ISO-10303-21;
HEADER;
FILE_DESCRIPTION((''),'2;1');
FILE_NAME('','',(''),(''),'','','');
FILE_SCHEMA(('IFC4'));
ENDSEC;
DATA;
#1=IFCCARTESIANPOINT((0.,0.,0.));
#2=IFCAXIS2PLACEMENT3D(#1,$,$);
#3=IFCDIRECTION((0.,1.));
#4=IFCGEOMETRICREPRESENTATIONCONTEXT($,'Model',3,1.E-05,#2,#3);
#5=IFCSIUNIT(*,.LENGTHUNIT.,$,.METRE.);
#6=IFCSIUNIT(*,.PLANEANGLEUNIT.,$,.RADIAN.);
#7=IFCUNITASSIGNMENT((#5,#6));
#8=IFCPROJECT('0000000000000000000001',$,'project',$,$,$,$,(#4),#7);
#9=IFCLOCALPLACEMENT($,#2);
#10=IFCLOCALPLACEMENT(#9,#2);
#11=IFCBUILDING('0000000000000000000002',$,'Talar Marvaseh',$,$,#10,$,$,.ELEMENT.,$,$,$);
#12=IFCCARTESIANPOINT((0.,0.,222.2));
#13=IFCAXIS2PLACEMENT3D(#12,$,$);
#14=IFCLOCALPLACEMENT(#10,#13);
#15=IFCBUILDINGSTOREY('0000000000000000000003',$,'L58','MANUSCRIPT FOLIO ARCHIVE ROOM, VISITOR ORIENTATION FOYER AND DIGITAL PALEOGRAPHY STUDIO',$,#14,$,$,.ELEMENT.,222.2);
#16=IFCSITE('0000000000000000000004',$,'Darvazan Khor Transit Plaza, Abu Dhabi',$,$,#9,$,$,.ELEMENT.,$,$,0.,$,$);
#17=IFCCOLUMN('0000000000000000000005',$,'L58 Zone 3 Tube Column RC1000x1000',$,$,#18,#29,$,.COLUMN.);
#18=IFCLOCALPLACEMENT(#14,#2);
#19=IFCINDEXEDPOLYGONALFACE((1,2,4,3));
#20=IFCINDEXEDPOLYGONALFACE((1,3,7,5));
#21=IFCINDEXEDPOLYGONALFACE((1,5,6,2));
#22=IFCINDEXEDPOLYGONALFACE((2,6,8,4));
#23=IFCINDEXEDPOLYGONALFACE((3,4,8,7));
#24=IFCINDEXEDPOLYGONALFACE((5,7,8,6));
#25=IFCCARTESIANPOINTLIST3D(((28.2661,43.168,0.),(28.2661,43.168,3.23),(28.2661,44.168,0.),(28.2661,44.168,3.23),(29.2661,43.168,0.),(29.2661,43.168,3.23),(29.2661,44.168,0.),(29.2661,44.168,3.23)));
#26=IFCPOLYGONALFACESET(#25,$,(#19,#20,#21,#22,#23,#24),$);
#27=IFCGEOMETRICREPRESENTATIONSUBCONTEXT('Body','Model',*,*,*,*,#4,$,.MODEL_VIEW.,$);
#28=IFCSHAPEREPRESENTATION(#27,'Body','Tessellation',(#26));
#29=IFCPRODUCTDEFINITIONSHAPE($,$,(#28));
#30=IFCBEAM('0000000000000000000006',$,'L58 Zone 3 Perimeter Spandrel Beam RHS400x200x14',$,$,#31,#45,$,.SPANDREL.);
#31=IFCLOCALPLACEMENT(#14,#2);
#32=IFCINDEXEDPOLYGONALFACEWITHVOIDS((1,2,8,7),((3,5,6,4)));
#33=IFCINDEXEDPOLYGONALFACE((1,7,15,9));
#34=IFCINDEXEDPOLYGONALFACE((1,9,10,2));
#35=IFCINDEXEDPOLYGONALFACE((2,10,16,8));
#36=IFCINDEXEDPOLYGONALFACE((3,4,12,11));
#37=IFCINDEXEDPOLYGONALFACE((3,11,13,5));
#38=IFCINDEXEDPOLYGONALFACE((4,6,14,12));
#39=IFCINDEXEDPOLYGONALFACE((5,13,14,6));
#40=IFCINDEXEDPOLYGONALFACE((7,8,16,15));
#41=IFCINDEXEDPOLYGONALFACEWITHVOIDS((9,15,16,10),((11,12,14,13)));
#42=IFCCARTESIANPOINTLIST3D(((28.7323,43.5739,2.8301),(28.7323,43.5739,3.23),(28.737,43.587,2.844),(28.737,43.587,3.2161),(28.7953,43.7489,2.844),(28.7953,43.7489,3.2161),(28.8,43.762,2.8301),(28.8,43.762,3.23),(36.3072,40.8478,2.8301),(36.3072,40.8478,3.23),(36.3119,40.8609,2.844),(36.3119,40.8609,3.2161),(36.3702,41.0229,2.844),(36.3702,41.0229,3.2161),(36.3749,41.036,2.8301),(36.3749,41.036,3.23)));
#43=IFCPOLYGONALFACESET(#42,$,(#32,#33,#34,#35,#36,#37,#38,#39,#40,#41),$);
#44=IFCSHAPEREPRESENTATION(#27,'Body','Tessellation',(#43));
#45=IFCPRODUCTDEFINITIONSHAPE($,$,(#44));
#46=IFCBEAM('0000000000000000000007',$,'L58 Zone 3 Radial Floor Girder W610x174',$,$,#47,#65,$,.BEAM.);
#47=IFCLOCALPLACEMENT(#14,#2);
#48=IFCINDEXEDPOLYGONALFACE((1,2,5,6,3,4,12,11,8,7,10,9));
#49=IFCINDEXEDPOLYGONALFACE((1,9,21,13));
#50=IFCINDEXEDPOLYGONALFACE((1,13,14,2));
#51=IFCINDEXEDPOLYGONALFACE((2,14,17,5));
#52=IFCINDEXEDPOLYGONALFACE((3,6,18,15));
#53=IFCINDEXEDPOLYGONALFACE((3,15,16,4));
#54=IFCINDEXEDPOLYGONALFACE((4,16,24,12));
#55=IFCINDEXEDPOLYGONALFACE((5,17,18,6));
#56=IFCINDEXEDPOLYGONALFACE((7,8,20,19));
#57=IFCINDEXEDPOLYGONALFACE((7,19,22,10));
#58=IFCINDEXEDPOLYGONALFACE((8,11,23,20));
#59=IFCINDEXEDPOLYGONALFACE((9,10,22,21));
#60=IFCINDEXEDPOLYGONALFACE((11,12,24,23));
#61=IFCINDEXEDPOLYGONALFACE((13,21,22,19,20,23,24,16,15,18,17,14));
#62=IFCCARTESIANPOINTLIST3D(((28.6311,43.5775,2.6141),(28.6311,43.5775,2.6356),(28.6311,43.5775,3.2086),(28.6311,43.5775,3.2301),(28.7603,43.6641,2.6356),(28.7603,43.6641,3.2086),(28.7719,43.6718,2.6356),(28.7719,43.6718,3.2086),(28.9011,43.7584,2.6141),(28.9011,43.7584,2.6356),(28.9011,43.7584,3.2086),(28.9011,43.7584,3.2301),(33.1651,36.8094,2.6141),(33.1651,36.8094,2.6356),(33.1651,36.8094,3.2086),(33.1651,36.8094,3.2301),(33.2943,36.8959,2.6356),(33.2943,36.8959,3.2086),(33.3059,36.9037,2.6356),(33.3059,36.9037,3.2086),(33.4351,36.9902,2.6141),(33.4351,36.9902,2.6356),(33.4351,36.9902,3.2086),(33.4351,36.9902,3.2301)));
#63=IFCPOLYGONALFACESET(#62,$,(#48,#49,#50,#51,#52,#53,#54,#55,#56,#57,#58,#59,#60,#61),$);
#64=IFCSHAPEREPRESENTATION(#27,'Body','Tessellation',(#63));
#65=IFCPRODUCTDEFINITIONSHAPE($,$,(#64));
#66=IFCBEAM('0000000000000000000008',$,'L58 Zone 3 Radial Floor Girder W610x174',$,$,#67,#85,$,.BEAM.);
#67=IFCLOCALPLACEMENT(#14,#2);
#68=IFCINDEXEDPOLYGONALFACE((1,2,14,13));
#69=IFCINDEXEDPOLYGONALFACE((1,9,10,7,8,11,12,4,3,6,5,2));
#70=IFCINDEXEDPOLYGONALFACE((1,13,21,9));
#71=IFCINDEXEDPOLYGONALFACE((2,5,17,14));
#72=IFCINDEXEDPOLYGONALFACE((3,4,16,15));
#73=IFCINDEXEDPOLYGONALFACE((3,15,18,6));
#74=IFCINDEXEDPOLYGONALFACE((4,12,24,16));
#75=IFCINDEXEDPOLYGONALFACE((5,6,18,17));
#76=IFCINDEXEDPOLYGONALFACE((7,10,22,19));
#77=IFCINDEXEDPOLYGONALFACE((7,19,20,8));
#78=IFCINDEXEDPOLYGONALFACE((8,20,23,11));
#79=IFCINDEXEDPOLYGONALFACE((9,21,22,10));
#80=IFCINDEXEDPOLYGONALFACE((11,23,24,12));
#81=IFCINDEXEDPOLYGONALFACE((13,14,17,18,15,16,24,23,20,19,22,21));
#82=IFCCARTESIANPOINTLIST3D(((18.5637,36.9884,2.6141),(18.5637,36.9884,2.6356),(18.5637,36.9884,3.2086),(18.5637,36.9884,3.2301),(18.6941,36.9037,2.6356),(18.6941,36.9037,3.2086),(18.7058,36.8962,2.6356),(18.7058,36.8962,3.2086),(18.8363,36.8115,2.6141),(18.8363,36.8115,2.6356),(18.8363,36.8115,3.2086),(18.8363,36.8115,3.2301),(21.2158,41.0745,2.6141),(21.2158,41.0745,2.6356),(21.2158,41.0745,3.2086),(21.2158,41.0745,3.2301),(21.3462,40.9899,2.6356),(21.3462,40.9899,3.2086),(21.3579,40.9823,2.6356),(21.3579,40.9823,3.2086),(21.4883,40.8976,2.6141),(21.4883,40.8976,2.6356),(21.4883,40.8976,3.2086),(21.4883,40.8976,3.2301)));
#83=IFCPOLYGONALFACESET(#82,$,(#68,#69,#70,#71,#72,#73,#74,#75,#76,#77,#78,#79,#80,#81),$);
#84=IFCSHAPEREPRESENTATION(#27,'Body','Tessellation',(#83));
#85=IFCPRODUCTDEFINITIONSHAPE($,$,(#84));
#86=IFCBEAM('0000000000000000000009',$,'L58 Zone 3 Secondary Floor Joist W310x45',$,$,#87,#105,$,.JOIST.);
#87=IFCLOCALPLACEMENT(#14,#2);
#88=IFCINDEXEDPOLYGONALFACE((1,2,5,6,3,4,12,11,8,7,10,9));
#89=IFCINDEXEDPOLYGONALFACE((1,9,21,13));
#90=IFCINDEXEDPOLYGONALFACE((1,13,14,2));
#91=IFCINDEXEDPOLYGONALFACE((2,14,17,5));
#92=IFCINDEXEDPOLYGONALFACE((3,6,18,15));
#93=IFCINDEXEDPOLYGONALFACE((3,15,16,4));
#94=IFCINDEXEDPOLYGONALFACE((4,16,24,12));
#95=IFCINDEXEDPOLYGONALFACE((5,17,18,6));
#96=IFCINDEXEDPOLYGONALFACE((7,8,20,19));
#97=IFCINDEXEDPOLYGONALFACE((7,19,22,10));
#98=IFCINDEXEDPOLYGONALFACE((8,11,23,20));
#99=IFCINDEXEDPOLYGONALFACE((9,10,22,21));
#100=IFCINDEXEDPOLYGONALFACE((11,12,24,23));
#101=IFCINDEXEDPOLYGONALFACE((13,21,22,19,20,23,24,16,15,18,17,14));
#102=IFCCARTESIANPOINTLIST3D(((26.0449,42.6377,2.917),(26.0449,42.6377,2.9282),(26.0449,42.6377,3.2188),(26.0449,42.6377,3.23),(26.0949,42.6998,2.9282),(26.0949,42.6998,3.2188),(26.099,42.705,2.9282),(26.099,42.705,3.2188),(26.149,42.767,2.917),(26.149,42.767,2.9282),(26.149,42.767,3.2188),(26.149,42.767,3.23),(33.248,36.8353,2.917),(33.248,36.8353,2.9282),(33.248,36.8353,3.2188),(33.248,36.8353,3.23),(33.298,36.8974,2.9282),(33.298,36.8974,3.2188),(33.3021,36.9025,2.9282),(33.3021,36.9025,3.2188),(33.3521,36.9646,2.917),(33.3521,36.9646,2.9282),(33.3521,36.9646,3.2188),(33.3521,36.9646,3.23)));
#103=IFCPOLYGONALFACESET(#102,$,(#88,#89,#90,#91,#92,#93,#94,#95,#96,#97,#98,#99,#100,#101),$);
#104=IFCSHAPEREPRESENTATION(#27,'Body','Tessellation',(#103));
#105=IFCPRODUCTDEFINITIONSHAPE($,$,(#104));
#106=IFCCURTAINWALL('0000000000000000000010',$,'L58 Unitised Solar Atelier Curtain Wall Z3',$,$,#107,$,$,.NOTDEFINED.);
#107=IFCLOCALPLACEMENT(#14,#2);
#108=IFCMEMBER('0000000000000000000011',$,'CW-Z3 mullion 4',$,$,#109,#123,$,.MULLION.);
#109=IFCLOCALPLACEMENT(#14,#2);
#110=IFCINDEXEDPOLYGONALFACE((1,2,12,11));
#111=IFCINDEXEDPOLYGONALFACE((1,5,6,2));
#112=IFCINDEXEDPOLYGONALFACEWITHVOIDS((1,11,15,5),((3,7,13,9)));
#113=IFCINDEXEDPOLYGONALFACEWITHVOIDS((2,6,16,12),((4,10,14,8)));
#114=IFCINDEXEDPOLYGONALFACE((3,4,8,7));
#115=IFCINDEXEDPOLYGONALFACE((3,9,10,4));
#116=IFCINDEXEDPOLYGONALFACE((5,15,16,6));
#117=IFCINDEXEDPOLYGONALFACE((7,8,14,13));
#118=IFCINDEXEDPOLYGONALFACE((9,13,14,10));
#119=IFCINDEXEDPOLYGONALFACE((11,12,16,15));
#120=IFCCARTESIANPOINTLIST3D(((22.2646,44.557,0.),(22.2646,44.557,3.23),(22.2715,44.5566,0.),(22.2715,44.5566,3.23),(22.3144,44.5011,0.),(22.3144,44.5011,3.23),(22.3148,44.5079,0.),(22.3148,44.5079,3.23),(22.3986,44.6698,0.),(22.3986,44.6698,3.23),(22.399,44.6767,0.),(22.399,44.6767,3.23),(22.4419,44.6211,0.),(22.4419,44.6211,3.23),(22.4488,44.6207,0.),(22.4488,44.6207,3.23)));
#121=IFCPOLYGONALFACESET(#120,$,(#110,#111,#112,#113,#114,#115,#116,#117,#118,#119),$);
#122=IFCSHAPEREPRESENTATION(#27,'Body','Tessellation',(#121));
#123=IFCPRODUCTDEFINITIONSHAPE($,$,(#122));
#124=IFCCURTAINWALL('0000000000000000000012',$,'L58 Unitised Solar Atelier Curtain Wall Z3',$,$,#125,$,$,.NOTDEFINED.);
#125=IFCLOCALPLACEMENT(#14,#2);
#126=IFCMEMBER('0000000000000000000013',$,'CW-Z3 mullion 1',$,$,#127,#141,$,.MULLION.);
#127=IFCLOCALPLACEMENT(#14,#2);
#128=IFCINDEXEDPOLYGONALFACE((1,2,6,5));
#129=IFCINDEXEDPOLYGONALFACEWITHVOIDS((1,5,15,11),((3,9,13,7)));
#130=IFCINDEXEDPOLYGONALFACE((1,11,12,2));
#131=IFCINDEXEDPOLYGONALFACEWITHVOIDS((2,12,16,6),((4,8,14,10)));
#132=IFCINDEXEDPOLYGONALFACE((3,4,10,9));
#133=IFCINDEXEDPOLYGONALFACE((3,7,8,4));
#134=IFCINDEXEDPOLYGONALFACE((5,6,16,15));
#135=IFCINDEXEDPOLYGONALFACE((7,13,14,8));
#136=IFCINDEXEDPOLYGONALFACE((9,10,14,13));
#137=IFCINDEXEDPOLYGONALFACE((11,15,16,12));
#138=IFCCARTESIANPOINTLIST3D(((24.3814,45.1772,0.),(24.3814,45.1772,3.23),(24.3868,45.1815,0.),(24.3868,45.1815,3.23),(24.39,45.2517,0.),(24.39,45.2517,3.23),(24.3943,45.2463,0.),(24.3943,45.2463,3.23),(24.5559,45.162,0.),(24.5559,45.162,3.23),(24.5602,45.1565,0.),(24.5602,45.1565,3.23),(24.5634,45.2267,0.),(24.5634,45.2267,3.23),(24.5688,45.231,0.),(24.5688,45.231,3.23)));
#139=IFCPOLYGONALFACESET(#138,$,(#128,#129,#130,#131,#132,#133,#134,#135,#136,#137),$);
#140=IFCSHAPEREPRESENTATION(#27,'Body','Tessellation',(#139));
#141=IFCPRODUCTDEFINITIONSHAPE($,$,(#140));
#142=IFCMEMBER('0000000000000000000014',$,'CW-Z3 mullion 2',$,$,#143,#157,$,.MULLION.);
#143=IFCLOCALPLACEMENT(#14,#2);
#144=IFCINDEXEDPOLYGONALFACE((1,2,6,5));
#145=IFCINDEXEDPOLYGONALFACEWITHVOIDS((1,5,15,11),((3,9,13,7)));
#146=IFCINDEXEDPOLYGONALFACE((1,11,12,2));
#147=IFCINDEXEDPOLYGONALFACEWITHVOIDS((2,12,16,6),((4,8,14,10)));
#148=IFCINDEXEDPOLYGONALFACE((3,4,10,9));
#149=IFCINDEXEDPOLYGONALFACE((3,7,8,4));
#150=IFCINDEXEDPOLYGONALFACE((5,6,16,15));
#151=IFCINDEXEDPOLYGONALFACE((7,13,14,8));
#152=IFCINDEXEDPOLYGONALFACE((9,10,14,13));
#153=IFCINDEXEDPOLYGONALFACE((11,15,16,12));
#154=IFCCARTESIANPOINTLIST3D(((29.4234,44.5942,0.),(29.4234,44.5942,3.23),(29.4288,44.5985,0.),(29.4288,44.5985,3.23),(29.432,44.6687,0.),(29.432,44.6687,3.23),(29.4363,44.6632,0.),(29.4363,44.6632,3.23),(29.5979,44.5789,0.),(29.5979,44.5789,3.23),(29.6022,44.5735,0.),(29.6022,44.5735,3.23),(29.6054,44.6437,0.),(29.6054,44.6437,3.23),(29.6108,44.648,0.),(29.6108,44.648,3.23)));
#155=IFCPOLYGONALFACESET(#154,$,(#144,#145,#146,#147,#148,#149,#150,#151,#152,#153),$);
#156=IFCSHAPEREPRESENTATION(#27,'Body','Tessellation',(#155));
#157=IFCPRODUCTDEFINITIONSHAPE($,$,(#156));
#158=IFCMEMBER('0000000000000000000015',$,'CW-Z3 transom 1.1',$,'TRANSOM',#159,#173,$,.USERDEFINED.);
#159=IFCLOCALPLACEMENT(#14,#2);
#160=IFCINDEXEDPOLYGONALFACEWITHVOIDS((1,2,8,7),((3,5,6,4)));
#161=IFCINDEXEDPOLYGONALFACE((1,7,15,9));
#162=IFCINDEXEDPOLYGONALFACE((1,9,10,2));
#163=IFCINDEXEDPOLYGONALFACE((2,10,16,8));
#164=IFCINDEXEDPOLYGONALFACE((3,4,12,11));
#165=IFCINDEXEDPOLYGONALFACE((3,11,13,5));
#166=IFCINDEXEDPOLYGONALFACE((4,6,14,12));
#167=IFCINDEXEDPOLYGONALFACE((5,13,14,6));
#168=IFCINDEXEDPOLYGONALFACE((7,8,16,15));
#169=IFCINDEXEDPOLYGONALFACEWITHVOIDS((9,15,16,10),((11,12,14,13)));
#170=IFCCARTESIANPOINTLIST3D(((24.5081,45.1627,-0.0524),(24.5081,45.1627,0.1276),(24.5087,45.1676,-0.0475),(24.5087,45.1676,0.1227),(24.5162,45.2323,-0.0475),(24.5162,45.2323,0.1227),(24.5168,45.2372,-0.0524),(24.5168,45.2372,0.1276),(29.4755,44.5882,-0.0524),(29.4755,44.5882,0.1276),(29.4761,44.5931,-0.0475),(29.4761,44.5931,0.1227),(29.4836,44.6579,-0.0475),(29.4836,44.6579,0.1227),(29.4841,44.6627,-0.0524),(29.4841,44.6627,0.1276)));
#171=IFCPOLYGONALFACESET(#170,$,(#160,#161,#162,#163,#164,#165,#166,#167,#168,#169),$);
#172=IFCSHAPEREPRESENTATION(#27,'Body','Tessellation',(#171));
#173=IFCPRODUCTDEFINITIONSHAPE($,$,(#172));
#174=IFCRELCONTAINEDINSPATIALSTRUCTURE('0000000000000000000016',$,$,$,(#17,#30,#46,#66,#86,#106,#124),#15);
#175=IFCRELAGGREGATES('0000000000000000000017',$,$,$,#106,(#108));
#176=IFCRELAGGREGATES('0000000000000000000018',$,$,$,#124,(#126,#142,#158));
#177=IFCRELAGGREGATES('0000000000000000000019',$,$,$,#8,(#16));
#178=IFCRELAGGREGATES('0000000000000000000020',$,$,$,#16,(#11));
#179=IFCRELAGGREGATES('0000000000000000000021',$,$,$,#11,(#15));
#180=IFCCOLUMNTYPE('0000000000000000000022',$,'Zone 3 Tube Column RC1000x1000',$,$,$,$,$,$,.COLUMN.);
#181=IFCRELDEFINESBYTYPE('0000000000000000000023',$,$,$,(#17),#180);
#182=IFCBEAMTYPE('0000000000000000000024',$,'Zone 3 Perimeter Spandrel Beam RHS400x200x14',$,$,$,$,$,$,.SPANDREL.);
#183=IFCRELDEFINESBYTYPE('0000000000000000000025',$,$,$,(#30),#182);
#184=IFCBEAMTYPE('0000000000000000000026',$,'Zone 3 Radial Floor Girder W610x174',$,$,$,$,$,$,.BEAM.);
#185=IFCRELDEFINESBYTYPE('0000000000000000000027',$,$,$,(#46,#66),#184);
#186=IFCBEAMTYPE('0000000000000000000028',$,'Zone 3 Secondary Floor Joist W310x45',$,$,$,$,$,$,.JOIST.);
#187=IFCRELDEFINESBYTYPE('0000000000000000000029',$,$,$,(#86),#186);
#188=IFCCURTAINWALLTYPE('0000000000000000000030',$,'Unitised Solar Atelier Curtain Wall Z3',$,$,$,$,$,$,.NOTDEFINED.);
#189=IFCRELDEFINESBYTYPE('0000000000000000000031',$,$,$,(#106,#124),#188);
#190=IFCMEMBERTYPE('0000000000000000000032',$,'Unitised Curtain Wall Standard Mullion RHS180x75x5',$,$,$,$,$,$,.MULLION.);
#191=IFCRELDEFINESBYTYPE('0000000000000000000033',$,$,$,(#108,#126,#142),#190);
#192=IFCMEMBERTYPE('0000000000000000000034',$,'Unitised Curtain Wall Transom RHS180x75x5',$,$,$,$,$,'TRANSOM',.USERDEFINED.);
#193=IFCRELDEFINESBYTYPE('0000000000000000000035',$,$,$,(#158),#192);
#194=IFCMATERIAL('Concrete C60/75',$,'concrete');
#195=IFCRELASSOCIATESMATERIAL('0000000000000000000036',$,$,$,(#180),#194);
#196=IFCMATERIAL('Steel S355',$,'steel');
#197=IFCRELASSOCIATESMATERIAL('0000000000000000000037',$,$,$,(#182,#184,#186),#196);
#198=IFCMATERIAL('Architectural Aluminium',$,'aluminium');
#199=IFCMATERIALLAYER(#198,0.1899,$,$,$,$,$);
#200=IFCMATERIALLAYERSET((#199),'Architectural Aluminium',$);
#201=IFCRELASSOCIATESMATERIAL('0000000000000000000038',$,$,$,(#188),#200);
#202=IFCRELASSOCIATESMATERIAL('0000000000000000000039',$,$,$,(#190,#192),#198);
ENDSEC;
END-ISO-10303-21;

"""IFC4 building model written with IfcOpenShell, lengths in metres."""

from ifc_helpers import new_model, si_unit, direction, frame, origin, origin_2d, place, context, subcontext, project, spatial, rectangle, hollow_rectangle, i_section, extrude, source, transform, mapped, material, layer, layer_set, material_profile, profile_set, type_object, type_shapes, element, aggregate, save


model = new_model("IFC4")

# Units and contexts
model_context = context("Model", 3, precision=1e-05, world=origin(), true_north=direction((0.0, 1.0)))
body_context = subcontext(model_context, "Body", "Model", "MODEL_VIEW")
ifc_project = project(units=[si_unit("LENGTHUNIT", "METRE"), si_unit("PLANEANGLEUNIT", "RADIAN")], contexts=[model_context])

# Site, building, storey
site_placement = place(None, origin())
site = spatial("IfcSite", under=ifc_project, at=site_placement, Name="Darvazan Khor Transit Plaza, Abu Dhabi", CompositionType="ELEMENT", RefElevation=0.0)
building_placement = place(site_placement, origin())
building = spatial("IfcBuilding", under=site, at=building_placement, Name="Talar Marvaseh", CompositionType="ELEMENT")
storey_placement = place(building_placement, frame((0.0, 0.0, 222.2)))
storey = spatial("IfcBuildingStorey", under=building, at=storey_placement, Name="L58", Description="MANUSCRIPT FOLIO ARCHIVE ROOM, VISITOR ORIENTATION FOYER AND DIGITAL PALEOGRAPHY STUDIO", CompositionType="ELEMENT", Elevation=222.2)

# Column
ifc_material_1 = material(Name="Concrete C60/75", Category="concrete")
ifc_material_profile_1 = material_profile(ifc_material_1, rectangle(XDim=1.0, YDim=1.0, at=origin_2d()), Name="RC1000x1000")
ifc_profile_set_1 = profile_set([ifc_material_profile_1], Name="Concrete C60/75")
column_type = type_object("IfcColumnType", Name="Zone 3 Tube Column RC1000x1000", PredefinedType="COLUMN", material=ifc_profile_set_1)
column_placement = place(storey_placement, frame((28.7661, 43.668, 0.0), z_axis=(0.0, 0.0, 1.0), x_axis=(1.0, 0.0, 0.0)))
element("IfcColumn", 1, at=column_placement, inside=storey, type_object=column_type, Name="L58 Zone 3 Tube Column RC1000x1000", PredefinedType="COLUMN", context=body_context, shape_type="SweptSolid", body=[
    extrude(rectangle(XDim=1.0, YDim=1.0, at=origin_2d()), origin(), (0.0, 0.0, 1.0), 3.23),
])

# Beams
ifc_material_2 = material(Name="Steel S355", Category="steel")
ifc_material_profile_2 = material_profile(ifc_material_2, hollow_rectangle(XDim=0.2, YDim=0.3999, WallThickness=0.0139, at=origin_2d()), Name="RHS400x200x14")
ifc_profile_set_2 = profile_set([ifc_material_profile_2], Name="Steel S355")
beam_type_1 = type_object("IfcBeamType", Name="Zone 3 Perimeter Spandrel Beam RHS400x200x14", PredefinedType="SPANDREL", material=ifc_profile_set_2)
beam_1_placement = place(storey_placement, frame((28.7661, 43.668, 3.03), z_axis=(0.940923, -0.33862, 0.0), x_axis=(0.33862, 0.940923, 0.0)))
element("IfcBeam", 2, at=beam_1_placement, inside=storey, type_object=beam_type_1, Name="L58 Zone 3 Perimeter Spandrel Beam RHS400x200x14", PredefinedType="SPANDREL", context=body_context, shape_type="SweptSolid", body=[
    extrude(hollow_rectangle(XDim=0.2, YDim=0.3999, WallThickness=0.0139, at=origin_2d()), origin(), (0.0, 0.0, 1.0), 8.0505),
])
ifc_material_profile_3 = material_profile(ifc_material_2, i_section(OverallWidth=0.325, OverallDepth=0.616, WebThickness=0.0139, FlangeThickness=0.0215, at=origin_2d()), Name="W610x174")
ifc_profile_set_3 = profile_set([ifc_material_profile_3], Name="Steel S355")
beam_type_2 = type_object("IfcBeamType", Name="Zone 3 Radial Floor Girder W610x174", PredefinedType="BEAM", material=ifc_profile_set_3)
beam_2_placement = place(storey_placement, frame((28.7661, 43.668, 2.9221), z_axis=(0.556559, -0.830808, 0.0), x_axis=(0.830808, 0.556559, 0.0)))
element("IfcBeam", 3, at=beam_2_placement, inside=storey, type_object=beam_type_2, Name="L58 Zone 3 Radial Floor Girder W610x174", PredefinedType="BEAM", context=body_context, shape_type="SweptSolid", body=[
    extrude(i_section(OverallWidth=0.325, OverallDepth=0.616, WebThickness=0.0139, FlangeThickness=0.0215, at=origin_2d()), origin(), (0.0, 0.0, 1.0), 8.1465),
])
beam_3_placement = place(storey_placement, frame((21.3521, 40.9861, 2.9221), z_axis=(-0.544423, -0.838811, 0.0), x_axis=(0.838811, -0.544423, 0.0)))
element("IfcBeam", 4, at=beam_3_placement, inside=storey, type_object=beam_type_2, Name="L58 Zone 3 Radial Floor Girder W610x174", PredefinedType="BEAM", context=body_context, shape_type="SweptSolid", body=[
    extrude(i_section(OverallWidth=0.325, OverallDepth=0.616, WebThickness=0.0139, FlangeThickness=0.0215, at=origin_2d()), origin(), (0.0, 0.0, 1.0), 4.8713),
])
ifc_material_profile_4 = material_profile(ifc_material_2, i_section(OverallWidth=0.166, OverallDepth=0.313, WebThickness=0.0066, FlangeThickness=0.0112, at=origin_2d()), Name="W310x45")
ifc_profile_set_4 = profile_set([ifc_material_profile_4], Name="Steel S355")
beam_type_3 = type_object("IfcBeamType", Name="Zone 3 Secondary Floor Joist W310x45", PredefinedType="JOIST", material=ifc_profile_set_4)
beam_4_placement = place(storey_placement, frame((26.0969, 42.7024, 3.0735), z_axis=(0.778755, -0.627328, 0.0), x_axis=(0.627328, 0.778755, 0.0)))
element("IfcBeam", 5, at=beam_4_placement, inside=storey, type_object=beam_type_3, Name="L58 Zone 3 Secondary Floor Joist W310x45", PredefinedType="JOIST", context=body_context, shape_type="SweptSolid", body=[
    extrude(i_section(OverallWidth=0.166, OverallDepth=0.313, WebThickness=0.0066, FlangeThickness=0.0112, at=origin_2d()), origin(), (0.0, 0.0, 1.0), 9.2495),
])

# Curtain wall, member
ifc_material_3 = material(Name="Architectural Aluminium", Category="aluminium")
ifc_layer_1 = layer(ifc_material_3, 0.1899)
ifc_layer_set_1 = layer_set([ifc_layer_1], Name="Architectural Aluminium")
curtain_wall_type = type_object("IfcCurtainWallType", Name="Unitised Solar Atelier Curtain Wall Z3", PredefinedType="NOTDEFINED", material=ifc_layer_set_1)
curtain_wall_1_placement = place(storey_placement, origin())
curtain_wall_1 = element("IfcCurtainWall", 6, at=curtain_wall_1_placement, inside=storey, type_object=curtain_wall_type, Name="L58 Unitised Solar Atelier Curtain Wall Z3", PredefinedType="NOTDEFINED")
ifc_material_profile_5 = material_profile(ifc_material_3, hollow_rectangle(XDim=0.075, YDim=0.1799, WallThickness=0.0049, at=origin_2d()), Name="RHS180x75x5")
ifc_profile_set_5 = profile_set([ifc_material_profile_5], Name="Architectural Aluminium")
member_type_1 = type_object("IfcMemberType", Name="Unitised Curtain Wall Standard Mullion RHS180x75x5", PredefinedType="MULLION", material=ifc_profile_set_5)
shared_shape_1 = source(origin(), body_context, "Body", "SweptSolid", [
    extrude(hollow_rectangle(XDim=0.075, YDim=0.1799, WallThickness=0.0049, at=origin_2d()), origin(), (0.0, 0.0, 1.0), 3.23),
])
type_shapes(member_type_1, [shared_shape_1])
member_1_placement = place(storey_placement, frame((22.3567, 44.5889, 0.0), z_axis=(0.0, 0.0, 1.0), x_axis=(-0.664998, 0.746845, 0.0)))
member_1 = element("IfcMember", 7, at=member_1_placement, type_object=member_type_1, Name="CW-Z3 mullion 4", PredefinedType="MULLION", context=body_context, shape_type="MappedRepresentation", body=[
    mapped(shared_shape_1, transform((0.0, 0.0, 0.0), x_axis=(1.0, 0.0, 0.0), y_axis=(0.0, 1.0, 0.0), z_axis=(0.0, 0.0, 1.0), scale=1.0)),
])
aggregate(curtain_wall_1, [member_1])

# Curtain wall, members
curtain_wall_2_placement = place(storey_placement, origin())
curtain_wall_2 = element("IfcCurtainWall", 8, at=curtain_wall_2_placement, inside=storey, type_object=curtain_wall_type, Name="L58 Unitised Solar Atelier Curtain Wall Z3", PredefinedType="NOTDEFINED")
member_2_placement = place(storey_placement, frame((24.4751, 45.2041, 0.0), z_axis=(0.0, 0.0, 1.0), x_axis=(0.11487, 0.99338, 0.0)))
member_2 = element("IfcMember", 9, at=member_2_placement, type_object=member_type_1, Name="CW-Z3 mullion 1", PredefinedType="MULLION", context=body_context, shape_type="MappedRepresentation", body=[
    mapped(shared_shape_1, transform((0.0, 0.0, 0.0), x_axis=(1.0, 0.0, 0.0), y_axis=(0.0, 1.0, 0.0), z_axis=(0.0, 0.0, 1.0), scale=1.0)),
])
member_3_placement = place(storey_placement, frame((29.5171, 44.6211, 0.0), z_axis=(0.0, 0.0, 1.0), x_axis=(0.11487, 0.99338, 0.0)))
member_3 = element("IfcMember", 10, at=member_3_placement, type_object=member_type_1, Name="CW-Z3 mullion 2", PredefinedType="MULLION", context=body_context, shape_type="MappedRepresentation", body=[
    mapped(shared_shape_1, transform((0.0, 0.0, 0.0), x_axis=(1.0, 0.0, 0.0), y_axis=(0.0, 1.0, 0.0), z_axis=(0.0, 0.0, 1.0), scale=1.0)),
])
ifc_material_profile_6 = material_profile(ifc_material_3, hollow_rectangle(XDim=0.075, YDim=0.1799, WallThickness=0.0049, at=origin_2d()), Name="RHS180x75x5")
ifc_profile_set_6 = profile_set([ifc_material_profile_6], Name="Architectural Aluminium")
member_type_2 = type_object("IfcMemberType", Name="Unitised Curtain Wall Transom RHS180x75x5", ElementType="TRANSOM", PredefinedType="USERDEFINED", material=ifc_profile_set_6)
shared_shape_2 = source(origin(), body_context, "Body", "SweptSolid", [
    extrude(hollow_rectangle(XDim=0.075, YDim=0.1799, WallThickness=0.0049, at=origin_2d()), origin(), (0.0, 0.0, 1.0), 5.0005),
])
member_4_placement = place(storey_placement, frame((24.5125, 45.2, 0.0376), z_axis=(0.993379, -0.114884, 0.0), x_axis=(0.114884, 0.993379, 0.0)))
member_4 = element("IfcMember", 11, at=member_4_placement, type_object=member_type_2, Name="CW-Z3 transom 1.1", ObjectType="TRANSOM", PredefinedType="USERDEFINED", context=body_context, shape_type="MappedRepresentation", body=[
    mapped(shared_shape_2, transform((0.0, 0.0, 0.0), x_axis=(1.0, 0.0, 0.0), y_axis=(0.0, 1.0, 0.0), z_axis=(0.0, 0.0, 1.0), scale=1.0)),
])
aggregate(curtain_wall_2, [member_2, member_3, member_4])

save(model, "model.ifc")
